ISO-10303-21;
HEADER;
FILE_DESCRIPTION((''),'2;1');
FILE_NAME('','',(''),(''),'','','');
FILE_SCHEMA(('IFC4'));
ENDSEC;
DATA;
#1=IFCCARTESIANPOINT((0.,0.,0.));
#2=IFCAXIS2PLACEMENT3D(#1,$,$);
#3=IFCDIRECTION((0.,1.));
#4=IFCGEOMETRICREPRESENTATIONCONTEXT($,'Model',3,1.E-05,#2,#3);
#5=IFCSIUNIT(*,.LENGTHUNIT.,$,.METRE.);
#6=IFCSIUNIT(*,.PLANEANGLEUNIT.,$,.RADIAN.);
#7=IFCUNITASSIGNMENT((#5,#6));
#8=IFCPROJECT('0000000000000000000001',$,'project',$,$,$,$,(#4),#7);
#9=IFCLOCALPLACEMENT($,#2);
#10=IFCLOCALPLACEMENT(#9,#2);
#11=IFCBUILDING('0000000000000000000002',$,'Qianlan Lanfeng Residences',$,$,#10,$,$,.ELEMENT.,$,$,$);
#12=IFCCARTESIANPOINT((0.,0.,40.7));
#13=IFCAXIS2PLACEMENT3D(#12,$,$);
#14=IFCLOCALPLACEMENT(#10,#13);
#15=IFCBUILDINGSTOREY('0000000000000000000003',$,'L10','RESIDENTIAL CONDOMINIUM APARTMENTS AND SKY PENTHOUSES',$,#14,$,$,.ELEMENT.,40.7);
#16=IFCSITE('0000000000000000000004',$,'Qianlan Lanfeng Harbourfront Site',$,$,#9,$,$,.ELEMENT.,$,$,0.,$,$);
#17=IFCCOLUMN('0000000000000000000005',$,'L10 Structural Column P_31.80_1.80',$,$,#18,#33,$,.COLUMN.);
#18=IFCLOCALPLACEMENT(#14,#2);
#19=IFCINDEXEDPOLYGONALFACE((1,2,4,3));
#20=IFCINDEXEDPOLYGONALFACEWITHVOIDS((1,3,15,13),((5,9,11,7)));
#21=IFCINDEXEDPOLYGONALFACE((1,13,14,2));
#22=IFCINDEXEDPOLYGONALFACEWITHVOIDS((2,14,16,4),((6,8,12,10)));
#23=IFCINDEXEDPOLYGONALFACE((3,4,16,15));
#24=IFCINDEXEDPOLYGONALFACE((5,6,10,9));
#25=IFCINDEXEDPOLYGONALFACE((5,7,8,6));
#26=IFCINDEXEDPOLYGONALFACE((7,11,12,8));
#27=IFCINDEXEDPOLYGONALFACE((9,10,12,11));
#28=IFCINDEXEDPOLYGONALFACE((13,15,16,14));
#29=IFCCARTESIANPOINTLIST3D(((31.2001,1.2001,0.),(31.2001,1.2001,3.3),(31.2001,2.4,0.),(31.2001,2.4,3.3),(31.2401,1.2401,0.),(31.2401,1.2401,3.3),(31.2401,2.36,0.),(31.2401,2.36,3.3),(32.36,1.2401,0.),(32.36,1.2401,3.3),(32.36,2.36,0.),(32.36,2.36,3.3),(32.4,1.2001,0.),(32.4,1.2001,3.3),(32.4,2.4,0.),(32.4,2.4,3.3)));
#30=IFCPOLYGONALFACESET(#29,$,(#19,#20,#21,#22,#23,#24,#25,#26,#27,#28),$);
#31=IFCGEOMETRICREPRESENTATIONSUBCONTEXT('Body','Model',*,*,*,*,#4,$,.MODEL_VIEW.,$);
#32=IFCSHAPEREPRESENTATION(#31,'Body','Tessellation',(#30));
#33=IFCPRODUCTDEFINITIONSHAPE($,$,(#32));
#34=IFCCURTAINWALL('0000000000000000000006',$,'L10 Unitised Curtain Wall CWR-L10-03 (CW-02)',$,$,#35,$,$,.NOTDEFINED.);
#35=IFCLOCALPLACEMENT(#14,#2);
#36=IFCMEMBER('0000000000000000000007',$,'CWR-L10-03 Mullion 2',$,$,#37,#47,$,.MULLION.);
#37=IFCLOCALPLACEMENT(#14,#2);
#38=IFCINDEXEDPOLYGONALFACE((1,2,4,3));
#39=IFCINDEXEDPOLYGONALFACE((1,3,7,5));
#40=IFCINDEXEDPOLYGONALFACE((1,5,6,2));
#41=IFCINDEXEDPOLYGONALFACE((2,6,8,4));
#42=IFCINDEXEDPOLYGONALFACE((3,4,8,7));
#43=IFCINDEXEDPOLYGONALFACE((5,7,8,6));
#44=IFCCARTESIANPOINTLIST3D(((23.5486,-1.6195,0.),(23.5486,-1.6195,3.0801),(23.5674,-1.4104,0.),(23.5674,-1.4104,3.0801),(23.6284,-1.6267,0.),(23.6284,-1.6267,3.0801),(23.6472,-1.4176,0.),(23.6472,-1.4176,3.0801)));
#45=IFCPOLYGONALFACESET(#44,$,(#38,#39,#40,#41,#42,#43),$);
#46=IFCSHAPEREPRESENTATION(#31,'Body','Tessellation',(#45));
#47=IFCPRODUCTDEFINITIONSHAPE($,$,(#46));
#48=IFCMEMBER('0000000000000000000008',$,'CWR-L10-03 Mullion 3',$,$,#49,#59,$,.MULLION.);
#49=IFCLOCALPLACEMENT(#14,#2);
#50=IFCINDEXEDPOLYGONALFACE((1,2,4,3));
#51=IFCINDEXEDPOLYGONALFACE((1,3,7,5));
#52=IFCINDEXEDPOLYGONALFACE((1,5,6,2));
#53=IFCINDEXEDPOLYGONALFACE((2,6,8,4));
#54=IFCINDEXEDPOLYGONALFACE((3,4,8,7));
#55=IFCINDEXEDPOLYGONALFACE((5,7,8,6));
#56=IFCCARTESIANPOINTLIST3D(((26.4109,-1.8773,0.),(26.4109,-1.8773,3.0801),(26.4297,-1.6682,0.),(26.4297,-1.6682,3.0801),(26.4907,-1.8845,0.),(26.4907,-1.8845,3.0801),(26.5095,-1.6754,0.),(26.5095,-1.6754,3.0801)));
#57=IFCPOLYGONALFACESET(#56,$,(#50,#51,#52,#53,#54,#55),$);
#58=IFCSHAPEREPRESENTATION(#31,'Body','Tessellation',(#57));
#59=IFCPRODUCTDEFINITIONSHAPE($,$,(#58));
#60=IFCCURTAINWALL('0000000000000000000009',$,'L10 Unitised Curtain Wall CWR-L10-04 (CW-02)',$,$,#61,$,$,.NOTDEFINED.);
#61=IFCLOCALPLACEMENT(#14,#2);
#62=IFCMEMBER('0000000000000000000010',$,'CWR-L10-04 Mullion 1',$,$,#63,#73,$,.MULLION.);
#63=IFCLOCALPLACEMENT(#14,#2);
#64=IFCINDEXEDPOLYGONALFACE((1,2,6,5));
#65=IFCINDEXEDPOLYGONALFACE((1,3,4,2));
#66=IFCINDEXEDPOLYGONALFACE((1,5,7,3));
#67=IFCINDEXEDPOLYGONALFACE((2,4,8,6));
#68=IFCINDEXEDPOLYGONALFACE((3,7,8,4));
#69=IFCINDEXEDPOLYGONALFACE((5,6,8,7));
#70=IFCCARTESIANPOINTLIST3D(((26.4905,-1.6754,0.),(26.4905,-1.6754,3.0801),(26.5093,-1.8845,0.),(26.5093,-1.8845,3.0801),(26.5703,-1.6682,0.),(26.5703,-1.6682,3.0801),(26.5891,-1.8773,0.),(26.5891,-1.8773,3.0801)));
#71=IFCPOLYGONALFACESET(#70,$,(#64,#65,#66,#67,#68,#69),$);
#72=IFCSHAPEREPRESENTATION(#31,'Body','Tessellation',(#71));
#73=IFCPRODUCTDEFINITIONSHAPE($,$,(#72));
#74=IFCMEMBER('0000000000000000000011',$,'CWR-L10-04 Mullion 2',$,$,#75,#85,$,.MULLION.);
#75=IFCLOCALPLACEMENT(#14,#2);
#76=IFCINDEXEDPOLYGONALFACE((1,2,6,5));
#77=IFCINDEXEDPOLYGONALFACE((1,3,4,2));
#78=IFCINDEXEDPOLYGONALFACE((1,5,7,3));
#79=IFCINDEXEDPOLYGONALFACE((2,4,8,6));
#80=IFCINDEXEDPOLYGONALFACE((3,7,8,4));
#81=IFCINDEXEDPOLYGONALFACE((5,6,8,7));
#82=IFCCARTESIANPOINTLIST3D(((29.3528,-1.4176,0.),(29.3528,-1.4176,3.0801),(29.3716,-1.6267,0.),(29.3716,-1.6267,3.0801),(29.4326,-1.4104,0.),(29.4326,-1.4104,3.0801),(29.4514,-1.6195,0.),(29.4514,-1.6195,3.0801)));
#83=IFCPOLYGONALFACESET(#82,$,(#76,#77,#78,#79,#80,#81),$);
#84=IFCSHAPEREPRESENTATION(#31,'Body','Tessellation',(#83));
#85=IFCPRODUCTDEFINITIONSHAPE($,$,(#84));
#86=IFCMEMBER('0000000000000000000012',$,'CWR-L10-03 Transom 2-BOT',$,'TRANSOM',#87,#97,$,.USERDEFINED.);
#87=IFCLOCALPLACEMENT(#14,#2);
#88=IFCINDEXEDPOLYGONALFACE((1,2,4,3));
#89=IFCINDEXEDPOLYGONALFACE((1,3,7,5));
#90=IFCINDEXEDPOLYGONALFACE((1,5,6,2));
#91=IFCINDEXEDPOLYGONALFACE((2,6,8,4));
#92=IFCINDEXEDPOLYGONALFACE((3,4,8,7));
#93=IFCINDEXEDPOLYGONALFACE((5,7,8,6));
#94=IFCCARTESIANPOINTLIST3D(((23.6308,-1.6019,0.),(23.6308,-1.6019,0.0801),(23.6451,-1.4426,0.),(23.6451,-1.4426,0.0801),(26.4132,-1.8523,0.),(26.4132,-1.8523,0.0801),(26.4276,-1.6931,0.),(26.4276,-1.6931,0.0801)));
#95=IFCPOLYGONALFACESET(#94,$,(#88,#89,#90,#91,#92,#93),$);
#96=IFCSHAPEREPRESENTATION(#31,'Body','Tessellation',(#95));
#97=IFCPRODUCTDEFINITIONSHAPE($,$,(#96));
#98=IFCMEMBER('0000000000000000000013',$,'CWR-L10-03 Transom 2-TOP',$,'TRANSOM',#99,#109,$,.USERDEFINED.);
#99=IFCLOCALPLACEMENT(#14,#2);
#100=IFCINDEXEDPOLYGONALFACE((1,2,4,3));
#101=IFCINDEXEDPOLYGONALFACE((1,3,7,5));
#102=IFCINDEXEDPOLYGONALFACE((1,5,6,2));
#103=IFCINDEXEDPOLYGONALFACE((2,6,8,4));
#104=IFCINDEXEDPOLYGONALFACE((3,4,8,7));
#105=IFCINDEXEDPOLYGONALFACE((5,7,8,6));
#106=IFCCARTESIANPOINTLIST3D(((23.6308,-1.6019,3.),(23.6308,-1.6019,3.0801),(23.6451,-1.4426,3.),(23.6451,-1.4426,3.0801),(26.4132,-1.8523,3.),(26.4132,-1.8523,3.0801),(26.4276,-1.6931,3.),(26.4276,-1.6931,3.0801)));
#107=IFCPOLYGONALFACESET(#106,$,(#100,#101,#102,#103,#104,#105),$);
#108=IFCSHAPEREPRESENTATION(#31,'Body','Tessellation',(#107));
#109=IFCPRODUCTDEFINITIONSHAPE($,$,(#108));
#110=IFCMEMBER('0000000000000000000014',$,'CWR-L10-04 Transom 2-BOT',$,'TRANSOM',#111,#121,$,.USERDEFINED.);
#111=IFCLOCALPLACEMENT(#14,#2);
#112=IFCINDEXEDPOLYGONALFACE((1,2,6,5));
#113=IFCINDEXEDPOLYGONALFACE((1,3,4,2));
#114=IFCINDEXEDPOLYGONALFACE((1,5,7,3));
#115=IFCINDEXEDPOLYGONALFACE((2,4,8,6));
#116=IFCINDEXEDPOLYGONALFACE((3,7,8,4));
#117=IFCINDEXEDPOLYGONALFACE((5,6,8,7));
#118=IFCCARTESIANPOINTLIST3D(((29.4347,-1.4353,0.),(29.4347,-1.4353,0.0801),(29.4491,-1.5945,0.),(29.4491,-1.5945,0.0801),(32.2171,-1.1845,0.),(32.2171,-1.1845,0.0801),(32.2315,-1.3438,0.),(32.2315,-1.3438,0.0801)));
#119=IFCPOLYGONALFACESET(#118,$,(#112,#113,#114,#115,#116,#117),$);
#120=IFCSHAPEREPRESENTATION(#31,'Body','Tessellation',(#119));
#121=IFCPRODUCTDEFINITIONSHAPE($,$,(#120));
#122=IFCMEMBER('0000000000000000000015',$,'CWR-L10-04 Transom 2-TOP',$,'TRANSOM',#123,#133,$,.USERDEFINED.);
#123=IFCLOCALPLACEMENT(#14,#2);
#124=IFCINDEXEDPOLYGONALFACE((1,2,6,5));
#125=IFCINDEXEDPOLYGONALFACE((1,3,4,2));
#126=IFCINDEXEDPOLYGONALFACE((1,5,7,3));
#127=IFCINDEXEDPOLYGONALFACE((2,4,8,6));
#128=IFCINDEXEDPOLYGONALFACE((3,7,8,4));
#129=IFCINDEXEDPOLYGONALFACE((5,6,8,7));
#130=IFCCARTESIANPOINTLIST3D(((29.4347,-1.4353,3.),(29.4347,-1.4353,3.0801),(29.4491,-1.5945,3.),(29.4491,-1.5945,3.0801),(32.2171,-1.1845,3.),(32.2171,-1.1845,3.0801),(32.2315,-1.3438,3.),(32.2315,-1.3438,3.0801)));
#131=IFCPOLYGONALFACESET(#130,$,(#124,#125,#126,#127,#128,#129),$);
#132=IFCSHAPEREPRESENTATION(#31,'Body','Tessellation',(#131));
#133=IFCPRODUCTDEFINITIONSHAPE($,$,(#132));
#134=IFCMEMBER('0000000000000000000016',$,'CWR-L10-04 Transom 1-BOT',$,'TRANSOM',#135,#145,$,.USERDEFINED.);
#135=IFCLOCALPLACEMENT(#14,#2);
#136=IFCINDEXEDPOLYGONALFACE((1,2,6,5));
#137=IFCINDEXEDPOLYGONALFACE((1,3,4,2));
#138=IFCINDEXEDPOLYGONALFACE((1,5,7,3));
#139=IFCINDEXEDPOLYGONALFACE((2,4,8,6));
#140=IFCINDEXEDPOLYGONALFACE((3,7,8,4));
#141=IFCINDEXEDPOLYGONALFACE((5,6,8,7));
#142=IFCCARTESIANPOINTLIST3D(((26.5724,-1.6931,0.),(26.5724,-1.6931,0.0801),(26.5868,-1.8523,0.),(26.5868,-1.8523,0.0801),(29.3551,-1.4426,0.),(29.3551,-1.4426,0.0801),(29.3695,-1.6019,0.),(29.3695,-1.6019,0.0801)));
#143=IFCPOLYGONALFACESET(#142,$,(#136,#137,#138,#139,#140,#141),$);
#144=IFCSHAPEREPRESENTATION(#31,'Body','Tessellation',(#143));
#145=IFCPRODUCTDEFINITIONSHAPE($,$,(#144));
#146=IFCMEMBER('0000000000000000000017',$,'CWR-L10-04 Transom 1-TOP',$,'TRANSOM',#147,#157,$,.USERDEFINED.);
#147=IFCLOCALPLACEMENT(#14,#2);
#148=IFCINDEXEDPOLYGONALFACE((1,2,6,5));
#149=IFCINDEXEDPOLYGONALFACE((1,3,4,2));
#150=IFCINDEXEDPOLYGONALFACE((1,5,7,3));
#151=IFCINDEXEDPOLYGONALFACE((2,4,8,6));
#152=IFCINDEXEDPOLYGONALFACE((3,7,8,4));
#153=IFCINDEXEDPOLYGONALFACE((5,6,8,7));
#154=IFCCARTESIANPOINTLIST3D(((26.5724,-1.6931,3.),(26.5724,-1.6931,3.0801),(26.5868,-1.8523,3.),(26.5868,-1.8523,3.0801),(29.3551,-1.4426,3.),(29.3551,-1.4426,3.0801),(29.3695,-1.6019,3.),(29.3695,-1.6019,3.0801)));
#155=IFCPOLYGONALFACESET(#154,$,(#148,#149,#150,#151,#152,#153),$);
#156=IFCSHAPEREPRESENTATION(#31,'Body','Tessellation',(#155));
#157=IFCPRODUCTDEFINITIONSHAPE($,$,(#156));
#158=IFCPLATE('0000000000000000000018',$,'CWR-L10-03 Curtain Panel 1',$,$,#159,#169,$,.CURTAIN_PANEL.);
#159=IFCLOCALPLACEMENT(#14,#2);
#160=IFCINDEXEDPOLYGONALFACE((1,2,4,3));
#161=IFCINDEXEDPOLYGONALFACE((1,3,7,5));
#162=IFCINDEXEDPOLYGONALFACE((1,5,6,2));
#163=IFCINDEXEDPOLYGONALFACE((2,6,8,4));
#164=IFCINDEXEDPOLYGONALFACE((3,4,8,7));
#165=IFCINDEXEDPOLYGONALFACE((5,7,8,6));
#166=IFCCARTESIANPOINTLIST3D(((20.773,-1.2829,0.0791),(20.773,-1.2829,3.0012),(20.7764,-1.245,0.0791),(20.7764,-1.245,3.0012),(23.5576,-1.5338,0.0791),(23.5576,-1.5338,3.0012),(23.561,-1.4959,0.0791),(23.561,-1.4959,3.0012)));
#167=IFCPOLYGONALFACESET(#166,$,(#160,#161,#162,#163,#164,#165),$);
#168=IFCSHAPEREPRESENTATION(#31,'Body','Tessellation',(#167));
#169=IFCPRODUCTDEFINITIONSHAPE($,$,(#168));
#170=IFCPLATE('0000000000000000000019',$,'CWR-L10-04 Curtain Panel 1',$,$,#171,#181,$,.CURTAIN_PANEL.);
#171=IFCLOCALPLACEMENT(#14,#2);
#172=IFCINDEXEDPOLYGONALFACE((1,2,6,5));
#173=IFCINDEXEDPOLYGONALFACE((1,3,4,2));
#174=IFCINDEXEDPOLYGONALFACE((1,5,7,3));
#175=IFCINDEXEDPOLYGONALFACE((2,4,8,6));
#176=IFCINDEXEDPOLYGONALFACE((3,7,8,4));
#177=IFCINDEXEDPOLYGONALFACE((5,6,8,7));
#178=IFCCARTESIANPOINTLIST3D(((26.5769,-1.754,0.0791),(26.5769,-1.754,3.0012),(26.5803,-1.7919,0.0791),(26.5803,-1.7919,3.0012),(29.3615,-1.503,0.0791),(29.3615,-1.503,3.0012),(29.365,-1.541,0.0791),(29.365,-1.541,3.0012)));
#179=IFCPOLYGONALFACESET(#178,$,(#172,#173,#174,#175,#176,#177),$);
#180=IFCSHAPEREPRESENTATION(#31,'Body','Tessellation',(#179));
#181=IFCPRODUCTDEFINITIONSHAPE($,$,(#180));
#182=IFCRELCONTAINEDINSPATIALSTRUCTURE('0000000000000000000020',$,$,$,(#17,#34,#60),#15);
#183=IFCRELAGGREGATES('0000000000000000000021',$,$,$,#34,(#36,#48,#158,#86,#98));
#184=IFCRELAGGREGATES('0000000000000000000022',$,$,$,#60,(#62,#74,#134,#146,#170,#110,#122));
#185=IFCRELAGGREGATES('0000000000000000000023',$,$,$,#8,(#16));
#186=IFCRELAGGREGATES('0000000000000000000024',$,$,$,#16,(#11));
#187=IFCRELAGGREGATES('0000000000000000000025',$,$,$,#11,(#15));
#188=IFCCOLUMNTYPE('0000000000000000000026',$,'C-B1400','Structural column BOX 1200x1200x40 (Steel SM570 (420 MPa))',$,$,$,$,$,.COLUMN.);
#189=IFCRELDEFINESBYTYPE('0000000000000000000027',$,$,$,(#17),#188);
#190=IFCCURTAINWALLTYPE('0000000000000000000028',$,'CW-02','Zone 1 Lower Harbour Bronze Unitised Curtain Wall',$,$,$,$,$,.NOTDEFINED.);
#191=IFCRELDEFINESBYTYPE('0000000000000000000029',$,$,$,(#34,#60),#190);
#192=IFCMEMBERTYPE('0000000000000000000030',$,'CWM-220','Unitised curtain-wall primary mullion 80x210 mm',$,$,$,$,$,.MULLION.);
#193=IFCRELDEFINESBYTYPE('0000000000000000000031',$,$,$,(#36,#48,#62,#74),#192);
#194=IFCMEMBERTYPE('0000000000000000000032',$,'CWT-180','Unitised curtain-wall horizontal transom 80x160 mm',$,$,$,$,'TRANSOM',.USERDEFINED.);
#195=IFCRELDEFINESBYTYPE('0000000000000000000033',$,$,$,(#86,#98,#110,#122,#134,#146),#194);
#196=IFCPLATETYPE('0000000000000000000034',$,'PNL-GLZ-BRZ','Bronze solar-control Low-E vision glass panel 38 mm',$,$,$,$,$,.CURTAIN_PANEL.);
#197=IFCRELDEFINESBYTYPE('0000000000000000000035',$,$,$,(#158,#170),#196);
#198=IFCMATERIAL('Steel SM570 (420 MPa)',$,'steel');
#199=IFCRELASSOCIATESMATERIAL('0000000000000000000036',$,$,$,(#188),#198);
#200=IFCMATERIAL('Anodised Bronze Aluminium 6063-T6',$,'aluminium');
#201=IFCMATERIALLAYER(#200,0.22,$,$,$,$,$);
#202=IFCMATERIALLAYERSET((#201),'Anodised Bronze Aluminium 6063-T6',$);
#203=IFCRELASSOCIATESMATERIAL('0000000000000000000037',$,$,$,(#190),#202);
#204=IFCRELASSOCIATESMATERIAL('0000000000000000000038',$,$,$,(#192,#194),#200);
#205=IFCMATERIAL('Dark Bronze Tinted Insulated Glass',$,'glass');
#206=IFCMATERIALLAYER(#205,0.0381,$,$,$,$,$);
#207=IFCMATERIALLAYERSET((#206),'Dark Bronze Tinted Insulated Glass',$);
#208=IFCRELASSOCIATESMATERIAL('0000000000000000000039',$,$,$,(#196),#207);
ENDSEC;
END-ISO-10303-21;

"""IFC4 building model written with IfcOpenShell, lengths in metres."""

from ifc_helpers import new_model, si_unit, direction, frame, origin, origin_2d, place, context, subcontext, project, spatial, rectangle, hollow_rectangle, extrude, source, transform, mapped, material, layer, layer_set, material_profile, profile_set, type_object, element, aggregate, save


model = new_model("IFC4")

# Units and contexts
model_context = context("Model", 3, precision=1e-05, world=origin(), true_north=direction((0.0, 1.0)))
body_context = subcontext(model_context, "Body", "Model", "MODEL_VIEW")
ifc_project = project(units=[si_unit("LENGTHUNIT", "METRE"), si_unit("PLANEANGLEUNIT", "RADIAN")], contexts=[model_context])

# Site, building, storey
site_placement = place(None, origin())
site = spatial("IfcSite", under=ifc_project, at=site_placement, Name="Qianlan Lanfeng Harbourfront Site", CompositionType="ELEMENT", RefElevation=0.0)
building_placement = place(site_placement, origin())
building = spatial("IfcBuilding", under=site, at=building_placement, Name="Qianlan Lanfeng Residences", CompositionType="ELEMENT")
storey_placement = place(building_placement, frame((0.0, 0.0, 40.7)))
storey = spatial("IfcBuildingStorey", under=building, at=storey_placement, Name="L10", Description="RESIDENTIAL CONDOMINIUM APARTMENTS AND SKY PENTHOUSES", CompositionType="ELEMENT", Elevation=40.7)

# Column
ifc_material_1 = material(Name="Steel SM570 (420 MPa)", Category="steel")
ifc_material_profile_1 = material_profile(ifc_material_1, hollow_rectangle(XDim=1.2, YDim=1.2, WallThickness=0.04, at=origin_2d()), Name="BOX 1200x1200x40")
ifc_profile_set_1 = profile_set([ifc_material_profile_1], Name="Steel SM570 (420 MPa)")
column_type = type_object("IfcColumnType", Name="C-B1400", Description="Structural column BOX 1200x1200x40 (Steel SM570 (420 MPa))", PredefinedType="COLUMN", material=ifc_profile_set_1)
column_placement = place(storey_placement, frame((31.8, 1.8, 0.0), z_axis=(0.0, 0.0, 1.0), x_axis=(1.0, 0.0, 0.0)))
element("IfcColumn", 1, at=column_placement, inside=storey, type_object=column_type, Name="L10 Structural Column P_31.80_1.80", PredefinedType="COLUMN", context=body_context, shape_type="SweptSolid", body=[
    extrude(hollow_rectangle(XDim=1.2, YDim=1.2, WallThickness=0.04, at=origin_2d()), origin(), (0.0, 0.0, 1.0), 3.3),
])

# Curtain walls, members
ifc_material_2 = material(Name="Anodised Bronze Aluminium 6063-T6", Category="aluminium")
ifc_layer_1 = layer(ifc_material_2, 0.22)
ifc_layer_set_1 = layer_set([ifc_layer_1], Name="Anodised Bronze Aluminium 6063-T6")
curtain_wall_type = type_object("IfcCurtainWallType", Name="CW-02", Description="Zone 1 Lower Harbour Bronze Unitised Curtain Wall", PredefinedType="NOTDEFINED", material=ifc_layer_set_1)
curtain_wall_1_placement = place(storey_placement, origin())
curtain_wall_1 = element("IfcCurtainWall", 2, at=curtain_wall_1_placement, inside=storey, type_object=curtain_wall_type, Name="L10 Unitised Curtain Wall CWR-L10-03 (CW-02)", PredefinedType="NOTDEFINED")
ifc_material_profile_2 = material_profile(ifc_material_2, rectangle(XDim=0.0801, YDim=0.21, at=origin_2d()), Name="ALU MULLION 80x210")
ifc_profile_set_2 = profile_set([ifc_material_profile_2], Name="Anodised Bronze Aluminium 6063-T6")
member_type_1 = type_object("IfcMemberType", Name="CWM-220", Description="Unitised curtain-wall primary mullion 80x210 mm", PredefinedType="MULLION", material=ifc_profile_set_2)
shared_shape_1 = source(origin(), body_context, "Body", "SweptSolid", [
    extrude(rectangle(XDim=0.0801, YDim=0.21, at=origin_2d()), origin(), (0.0, 0.0, 1.0), 3.0801),
])
member_1_placement = place(storey_placement, frame((23.5979, -1.5186, 0.0), z_axis=(0.0, 0.0, 1.0), x_axis=(0.995965, -0.089746, 0.0)))
member_1 = element("IfcMember", 3, at=member_1_placement, type_object=member_type_1, Name="CWR-L10-03 Mullion 2", PredefinedType="MULLION", context=body_context, shape_type="MappedRepresentation", body=[
    mapped(shared_shape_1, transform((0.0, 0.0, 0.0), scale=1.0)),
])
member_2_placement = place(storey_placement, frame((26.4602, -1.7764, 0.0), z_axis=(0.0, 0.0, 1.0), x_axis=(0.995965, -0.089746, 0.0)))
member_2 = element("IfcMember", 4, at=member_2_placement, type_object=member_type_1, Name="CWR-L10-03 Mullion 3", PredefinedType="MULLION", context=body_context, shape_type="MappedRepresentation", body=[
    mapped(shared_shape_1, transform((0.0, 0.0, 0.0), scale=1.0)),
])
curtain_wall_2_placement = place(storey_placement, origin())
curtain_wall_2 = element("IfcCurtainWall", 5, at=curtain_wall_2_placement, inside=storey, type_object=curtain_wall_type, Name="L10 Unitised Curtain Wall CWR-L10-04 (CW-02)", PredefinedType="NOTDEFINED")
member_3_placement = place(storey_placement, frame((26.5398, -1.7764, 0.0), z_axis=(0.0, 0.0, 1.0), x_axis=(0.995965, 0.089746, 0.0)))
member_3 = element("IfcMember", 6, at=member_3_placement, type_object=member_type_1, Name="CWR-L10-04 Mullion 1", PredefinedType="MULLION", context=body_context, shape_type="MappedRepresentation", body=[
    mapped(shared_shape_1, transform((0.0, 0.0, 0.0), scale=1.0)),
])
member_4_placement = place(storey_placement, frame((29.4021, -1.5186, 0.0), z_axis=(0.0, 0.0, 1.0), x_axis=(0.995965, 0.089746, 0.0)))
member_4 = element("IfcMember", 7, at=member_4_placement, type_object=member_type_1, Name="CWR-L10-04 Mullion 2", PredefinedType="MULLION", context=body_context, shape_type="MappedRepresentation", body=[
    mapped(shared_shape_1, transform((0.0, 0.0, 0.0), scale=1.0)),
])

# Members
ifc_material_profile_3 = material_profile(ifc_material_2, rectangle(XDim=0.0801, YDim=0.1599, at=origin_2d()), Name="ALU TRANSOM 80x160")
ifc_profile_set_3 = profile_set([ifc_material_profile_3], Name="Anodised Bronze Aluminium 6063-T6")
member_type_2 = type_object("IfcMemberType", Name="CWT-180", Description="Unitised curtain-wall horizontal transom 80x160 mm", ElementType="TRANSOM", PredefinedType="USERDEFINED", material=ifc_profile_set_3)
shared_shape_2 = source(origin(), body_context, "Body", "SweptSolid", [
    extrude(rectangle(XDim=0.0801, YDim=0.1599, at=origin_2d()), origin(), (0.0, 0.0, 1.0), 2.7937),
])
member_5_placement = place(storey_placement, frame((23.6379, -1.5222, 0.04), z_axis=(0.995972, -0.089661, 0.0), x_axis=(0.0, 0.0, 1.0)))
member_5 = element("IfcMember", 8, at=member_5_placement, type_object=member_type_2, Name="CWR-L10-03 Transom 2-BOT", ObjectType="TRANSOM", PredefinedType="USERDEFINED", context=body_context, shape_type="MappedRepresentation", body=[
    mapped(shared_shape_2, transform((0.0, 0.0, 0.0), scale=1.0)),
])
member_6_placement = place(storey_placement, frame((23.6379, -1.5222, 3.04), z_axis=(0.995972, -0.089661, 0.0), x_axis=(0.0, 0.0, 1.0)))
member_6 = element("IfcMember", 9, at=member_6_placement, type_object=member_type_2, Name="CWR-L10-03 Transom 2-TOP", ObjectType="TRANSOM", PredefinedType="USERDEFINED", context=body_context, shape_type="MappedRepresentation", body=[
    mapped(shared_shape_2, transform((0.0, 0.0, 0.0), scale=1.0)),
])
member_7_placement = place(storey_placement, frame((29.4419, -1.5149, 0.04), z_axis=(0.995965, 0.089748, 0.0), x_axis=(0.0, 0.0, 1.0)))
member_7 = element("IfcMember", 10, at=member_7_placement, type_object=member_type_2, Name="CWR-L10-04 Transom 2-BOT", ObjectType="TRANSOM", PredefinedType="USERDEFINED", context=body_context, shape_type="MappedRepresentation", body=[
    mapped(shared_shape_2, transform((0.0, 0.0, 0.0), scale=1.0)),
])
member_8_placement = place(storey_placement, frame((29.4419, -1.5149, 3.04), z_axis=(0.995965, 0.089748, 0.0), x_axis=(0.0, 0.0, 1.0)))
member_8 = element("IfcMember", 11, at=member_8_placement, type_object=member_type_2, Name="CWR-L10-04 Transom 2-TOP", ObjectType="TRANSOM", PredefinedType="USERDEFINED", context=body_context, shape_type="MappedRepresentation", body=[
    mapped(shared_shape_2, transform((0.0, 0.0, 0.0), scale=1.0)),
])
shared_shape_3 = source(origin(), body_context, "Body", "SweptSolid", [
    extrude(rectangle(XDim=0.0801, YDim=0.1599, at=origin_2d()), origin(), (0.0, 0.0, 1.0), 2.7939),
])
member_9_placement = place(storey_placement, frame((26.5796, -1.7727, 0.04), z_axis=(0.995973, 0.089653, 0.0), x_axis=(0.0, 0.0, 1.0)))
member_9 = element("IfcMember", 12, at=member_9_placement, type_object=member_type_2, Name="CWR-L10-04 Transom 1-BOT", ObjectType="TRANSOM", PredefinedType="USERDEFINED", context=body_context, shape_type="MappedRepresentation", body=[
    mapped(shared_shape_3, transform((0.0, 0.0, 0.0), scale=1.0)),
])
member_10_placement = place(storey_placement, frame((26.5796, -1.7727, 3.04), z_axis=(0.995973, 0.089653, 0.0), x_axis=(0.0, 0.0, 1.0)))
member_10 = element("IfcMember", 13, at=member_10_placement, type_object=member_type_2, Name="CWR-L10-04 Transom 1-TOP", ObjectType="TRANSOM", PredefinedType="USERDEFINED", context=body_context, shape_type="MappedRepresentation", body=[
    mapped(shared_shape_3, transform((0.0, 0.0, 0.0), scale=1.0)),
])

# Plates
ifc_material_3 = material(Name="Dark Bronze Tinted Insulated Glass", Category="glass")
ifc_layer_2 = layer(ifc_material_3, 0.0381)
ifc_layer_set_2 = layer_set([ifc_layer_2], Name="Dark Bronze Tinted Insulated Glass")
plate_type_1 = type_object("IfcPlateType", Name="PNL-GLZ-BRZ", Description="Bronze solar-control Low-E vision glass panel 38 mm", PredefinedType="CURTAIN_PANEL", material=ifc_layer_set_2)
shared_shape_4 = source(origin(), body_context, "Body", "SweptSolid", [
    extrude(rectangle(XDim=2.7959, YDim=0.0381, at=origin_2d()), origin(), (0.0, 0.0, 1.0), 2.9221),
])
plate_1_placement = place(storey_placement, frame((22.167, -1.3894, 0.0791), z_axis=(0.0, 0.0, 1.0), x_axis=(0.995965, -0.089746, 0.0)))
plate_1 = element("IfcPlate", 14, at=plate_1_placement, type_object=plate_type_1, Name="CWR-L10-03 Curtain Panel 1", PredefinedType="CURTAIN_PANEL", context=body_context, shape_type="MappedRepresentation", body=[
    mapped(shared_shape_4, transform((0.0, 0.0, 0.0), scale=1.0)),
])
plate_2_placement = place(storey_placement, frame((27.9709, -1.6475, 0.0791), z_axis=(0.0, 0.0, 1.0), x_axis=(0.995965, 0.089746, 0.0)))
plate_2 = element("IfcPlate", 15, at=plate_2_placement, type_object=plate_type_1, Name="CWR-L10-04 Curtain Panel 1", PredefinedType="CURTAIN_PANEL", context=body_context, shape_type="MappedRepresentation", body=[
    mapped(shared_shape_4, transform((0.0, 0.0, 0.0), scale=1.0)),
])
aggregate(curtain_wall_1, [member_1, member_2, plate_1, member_5, member_6])
aggregate(curtain_wall_2, [member_3, member_4, member_9, member_10, plate_2, member_7, member_8])

save(model, "model.ifc")
